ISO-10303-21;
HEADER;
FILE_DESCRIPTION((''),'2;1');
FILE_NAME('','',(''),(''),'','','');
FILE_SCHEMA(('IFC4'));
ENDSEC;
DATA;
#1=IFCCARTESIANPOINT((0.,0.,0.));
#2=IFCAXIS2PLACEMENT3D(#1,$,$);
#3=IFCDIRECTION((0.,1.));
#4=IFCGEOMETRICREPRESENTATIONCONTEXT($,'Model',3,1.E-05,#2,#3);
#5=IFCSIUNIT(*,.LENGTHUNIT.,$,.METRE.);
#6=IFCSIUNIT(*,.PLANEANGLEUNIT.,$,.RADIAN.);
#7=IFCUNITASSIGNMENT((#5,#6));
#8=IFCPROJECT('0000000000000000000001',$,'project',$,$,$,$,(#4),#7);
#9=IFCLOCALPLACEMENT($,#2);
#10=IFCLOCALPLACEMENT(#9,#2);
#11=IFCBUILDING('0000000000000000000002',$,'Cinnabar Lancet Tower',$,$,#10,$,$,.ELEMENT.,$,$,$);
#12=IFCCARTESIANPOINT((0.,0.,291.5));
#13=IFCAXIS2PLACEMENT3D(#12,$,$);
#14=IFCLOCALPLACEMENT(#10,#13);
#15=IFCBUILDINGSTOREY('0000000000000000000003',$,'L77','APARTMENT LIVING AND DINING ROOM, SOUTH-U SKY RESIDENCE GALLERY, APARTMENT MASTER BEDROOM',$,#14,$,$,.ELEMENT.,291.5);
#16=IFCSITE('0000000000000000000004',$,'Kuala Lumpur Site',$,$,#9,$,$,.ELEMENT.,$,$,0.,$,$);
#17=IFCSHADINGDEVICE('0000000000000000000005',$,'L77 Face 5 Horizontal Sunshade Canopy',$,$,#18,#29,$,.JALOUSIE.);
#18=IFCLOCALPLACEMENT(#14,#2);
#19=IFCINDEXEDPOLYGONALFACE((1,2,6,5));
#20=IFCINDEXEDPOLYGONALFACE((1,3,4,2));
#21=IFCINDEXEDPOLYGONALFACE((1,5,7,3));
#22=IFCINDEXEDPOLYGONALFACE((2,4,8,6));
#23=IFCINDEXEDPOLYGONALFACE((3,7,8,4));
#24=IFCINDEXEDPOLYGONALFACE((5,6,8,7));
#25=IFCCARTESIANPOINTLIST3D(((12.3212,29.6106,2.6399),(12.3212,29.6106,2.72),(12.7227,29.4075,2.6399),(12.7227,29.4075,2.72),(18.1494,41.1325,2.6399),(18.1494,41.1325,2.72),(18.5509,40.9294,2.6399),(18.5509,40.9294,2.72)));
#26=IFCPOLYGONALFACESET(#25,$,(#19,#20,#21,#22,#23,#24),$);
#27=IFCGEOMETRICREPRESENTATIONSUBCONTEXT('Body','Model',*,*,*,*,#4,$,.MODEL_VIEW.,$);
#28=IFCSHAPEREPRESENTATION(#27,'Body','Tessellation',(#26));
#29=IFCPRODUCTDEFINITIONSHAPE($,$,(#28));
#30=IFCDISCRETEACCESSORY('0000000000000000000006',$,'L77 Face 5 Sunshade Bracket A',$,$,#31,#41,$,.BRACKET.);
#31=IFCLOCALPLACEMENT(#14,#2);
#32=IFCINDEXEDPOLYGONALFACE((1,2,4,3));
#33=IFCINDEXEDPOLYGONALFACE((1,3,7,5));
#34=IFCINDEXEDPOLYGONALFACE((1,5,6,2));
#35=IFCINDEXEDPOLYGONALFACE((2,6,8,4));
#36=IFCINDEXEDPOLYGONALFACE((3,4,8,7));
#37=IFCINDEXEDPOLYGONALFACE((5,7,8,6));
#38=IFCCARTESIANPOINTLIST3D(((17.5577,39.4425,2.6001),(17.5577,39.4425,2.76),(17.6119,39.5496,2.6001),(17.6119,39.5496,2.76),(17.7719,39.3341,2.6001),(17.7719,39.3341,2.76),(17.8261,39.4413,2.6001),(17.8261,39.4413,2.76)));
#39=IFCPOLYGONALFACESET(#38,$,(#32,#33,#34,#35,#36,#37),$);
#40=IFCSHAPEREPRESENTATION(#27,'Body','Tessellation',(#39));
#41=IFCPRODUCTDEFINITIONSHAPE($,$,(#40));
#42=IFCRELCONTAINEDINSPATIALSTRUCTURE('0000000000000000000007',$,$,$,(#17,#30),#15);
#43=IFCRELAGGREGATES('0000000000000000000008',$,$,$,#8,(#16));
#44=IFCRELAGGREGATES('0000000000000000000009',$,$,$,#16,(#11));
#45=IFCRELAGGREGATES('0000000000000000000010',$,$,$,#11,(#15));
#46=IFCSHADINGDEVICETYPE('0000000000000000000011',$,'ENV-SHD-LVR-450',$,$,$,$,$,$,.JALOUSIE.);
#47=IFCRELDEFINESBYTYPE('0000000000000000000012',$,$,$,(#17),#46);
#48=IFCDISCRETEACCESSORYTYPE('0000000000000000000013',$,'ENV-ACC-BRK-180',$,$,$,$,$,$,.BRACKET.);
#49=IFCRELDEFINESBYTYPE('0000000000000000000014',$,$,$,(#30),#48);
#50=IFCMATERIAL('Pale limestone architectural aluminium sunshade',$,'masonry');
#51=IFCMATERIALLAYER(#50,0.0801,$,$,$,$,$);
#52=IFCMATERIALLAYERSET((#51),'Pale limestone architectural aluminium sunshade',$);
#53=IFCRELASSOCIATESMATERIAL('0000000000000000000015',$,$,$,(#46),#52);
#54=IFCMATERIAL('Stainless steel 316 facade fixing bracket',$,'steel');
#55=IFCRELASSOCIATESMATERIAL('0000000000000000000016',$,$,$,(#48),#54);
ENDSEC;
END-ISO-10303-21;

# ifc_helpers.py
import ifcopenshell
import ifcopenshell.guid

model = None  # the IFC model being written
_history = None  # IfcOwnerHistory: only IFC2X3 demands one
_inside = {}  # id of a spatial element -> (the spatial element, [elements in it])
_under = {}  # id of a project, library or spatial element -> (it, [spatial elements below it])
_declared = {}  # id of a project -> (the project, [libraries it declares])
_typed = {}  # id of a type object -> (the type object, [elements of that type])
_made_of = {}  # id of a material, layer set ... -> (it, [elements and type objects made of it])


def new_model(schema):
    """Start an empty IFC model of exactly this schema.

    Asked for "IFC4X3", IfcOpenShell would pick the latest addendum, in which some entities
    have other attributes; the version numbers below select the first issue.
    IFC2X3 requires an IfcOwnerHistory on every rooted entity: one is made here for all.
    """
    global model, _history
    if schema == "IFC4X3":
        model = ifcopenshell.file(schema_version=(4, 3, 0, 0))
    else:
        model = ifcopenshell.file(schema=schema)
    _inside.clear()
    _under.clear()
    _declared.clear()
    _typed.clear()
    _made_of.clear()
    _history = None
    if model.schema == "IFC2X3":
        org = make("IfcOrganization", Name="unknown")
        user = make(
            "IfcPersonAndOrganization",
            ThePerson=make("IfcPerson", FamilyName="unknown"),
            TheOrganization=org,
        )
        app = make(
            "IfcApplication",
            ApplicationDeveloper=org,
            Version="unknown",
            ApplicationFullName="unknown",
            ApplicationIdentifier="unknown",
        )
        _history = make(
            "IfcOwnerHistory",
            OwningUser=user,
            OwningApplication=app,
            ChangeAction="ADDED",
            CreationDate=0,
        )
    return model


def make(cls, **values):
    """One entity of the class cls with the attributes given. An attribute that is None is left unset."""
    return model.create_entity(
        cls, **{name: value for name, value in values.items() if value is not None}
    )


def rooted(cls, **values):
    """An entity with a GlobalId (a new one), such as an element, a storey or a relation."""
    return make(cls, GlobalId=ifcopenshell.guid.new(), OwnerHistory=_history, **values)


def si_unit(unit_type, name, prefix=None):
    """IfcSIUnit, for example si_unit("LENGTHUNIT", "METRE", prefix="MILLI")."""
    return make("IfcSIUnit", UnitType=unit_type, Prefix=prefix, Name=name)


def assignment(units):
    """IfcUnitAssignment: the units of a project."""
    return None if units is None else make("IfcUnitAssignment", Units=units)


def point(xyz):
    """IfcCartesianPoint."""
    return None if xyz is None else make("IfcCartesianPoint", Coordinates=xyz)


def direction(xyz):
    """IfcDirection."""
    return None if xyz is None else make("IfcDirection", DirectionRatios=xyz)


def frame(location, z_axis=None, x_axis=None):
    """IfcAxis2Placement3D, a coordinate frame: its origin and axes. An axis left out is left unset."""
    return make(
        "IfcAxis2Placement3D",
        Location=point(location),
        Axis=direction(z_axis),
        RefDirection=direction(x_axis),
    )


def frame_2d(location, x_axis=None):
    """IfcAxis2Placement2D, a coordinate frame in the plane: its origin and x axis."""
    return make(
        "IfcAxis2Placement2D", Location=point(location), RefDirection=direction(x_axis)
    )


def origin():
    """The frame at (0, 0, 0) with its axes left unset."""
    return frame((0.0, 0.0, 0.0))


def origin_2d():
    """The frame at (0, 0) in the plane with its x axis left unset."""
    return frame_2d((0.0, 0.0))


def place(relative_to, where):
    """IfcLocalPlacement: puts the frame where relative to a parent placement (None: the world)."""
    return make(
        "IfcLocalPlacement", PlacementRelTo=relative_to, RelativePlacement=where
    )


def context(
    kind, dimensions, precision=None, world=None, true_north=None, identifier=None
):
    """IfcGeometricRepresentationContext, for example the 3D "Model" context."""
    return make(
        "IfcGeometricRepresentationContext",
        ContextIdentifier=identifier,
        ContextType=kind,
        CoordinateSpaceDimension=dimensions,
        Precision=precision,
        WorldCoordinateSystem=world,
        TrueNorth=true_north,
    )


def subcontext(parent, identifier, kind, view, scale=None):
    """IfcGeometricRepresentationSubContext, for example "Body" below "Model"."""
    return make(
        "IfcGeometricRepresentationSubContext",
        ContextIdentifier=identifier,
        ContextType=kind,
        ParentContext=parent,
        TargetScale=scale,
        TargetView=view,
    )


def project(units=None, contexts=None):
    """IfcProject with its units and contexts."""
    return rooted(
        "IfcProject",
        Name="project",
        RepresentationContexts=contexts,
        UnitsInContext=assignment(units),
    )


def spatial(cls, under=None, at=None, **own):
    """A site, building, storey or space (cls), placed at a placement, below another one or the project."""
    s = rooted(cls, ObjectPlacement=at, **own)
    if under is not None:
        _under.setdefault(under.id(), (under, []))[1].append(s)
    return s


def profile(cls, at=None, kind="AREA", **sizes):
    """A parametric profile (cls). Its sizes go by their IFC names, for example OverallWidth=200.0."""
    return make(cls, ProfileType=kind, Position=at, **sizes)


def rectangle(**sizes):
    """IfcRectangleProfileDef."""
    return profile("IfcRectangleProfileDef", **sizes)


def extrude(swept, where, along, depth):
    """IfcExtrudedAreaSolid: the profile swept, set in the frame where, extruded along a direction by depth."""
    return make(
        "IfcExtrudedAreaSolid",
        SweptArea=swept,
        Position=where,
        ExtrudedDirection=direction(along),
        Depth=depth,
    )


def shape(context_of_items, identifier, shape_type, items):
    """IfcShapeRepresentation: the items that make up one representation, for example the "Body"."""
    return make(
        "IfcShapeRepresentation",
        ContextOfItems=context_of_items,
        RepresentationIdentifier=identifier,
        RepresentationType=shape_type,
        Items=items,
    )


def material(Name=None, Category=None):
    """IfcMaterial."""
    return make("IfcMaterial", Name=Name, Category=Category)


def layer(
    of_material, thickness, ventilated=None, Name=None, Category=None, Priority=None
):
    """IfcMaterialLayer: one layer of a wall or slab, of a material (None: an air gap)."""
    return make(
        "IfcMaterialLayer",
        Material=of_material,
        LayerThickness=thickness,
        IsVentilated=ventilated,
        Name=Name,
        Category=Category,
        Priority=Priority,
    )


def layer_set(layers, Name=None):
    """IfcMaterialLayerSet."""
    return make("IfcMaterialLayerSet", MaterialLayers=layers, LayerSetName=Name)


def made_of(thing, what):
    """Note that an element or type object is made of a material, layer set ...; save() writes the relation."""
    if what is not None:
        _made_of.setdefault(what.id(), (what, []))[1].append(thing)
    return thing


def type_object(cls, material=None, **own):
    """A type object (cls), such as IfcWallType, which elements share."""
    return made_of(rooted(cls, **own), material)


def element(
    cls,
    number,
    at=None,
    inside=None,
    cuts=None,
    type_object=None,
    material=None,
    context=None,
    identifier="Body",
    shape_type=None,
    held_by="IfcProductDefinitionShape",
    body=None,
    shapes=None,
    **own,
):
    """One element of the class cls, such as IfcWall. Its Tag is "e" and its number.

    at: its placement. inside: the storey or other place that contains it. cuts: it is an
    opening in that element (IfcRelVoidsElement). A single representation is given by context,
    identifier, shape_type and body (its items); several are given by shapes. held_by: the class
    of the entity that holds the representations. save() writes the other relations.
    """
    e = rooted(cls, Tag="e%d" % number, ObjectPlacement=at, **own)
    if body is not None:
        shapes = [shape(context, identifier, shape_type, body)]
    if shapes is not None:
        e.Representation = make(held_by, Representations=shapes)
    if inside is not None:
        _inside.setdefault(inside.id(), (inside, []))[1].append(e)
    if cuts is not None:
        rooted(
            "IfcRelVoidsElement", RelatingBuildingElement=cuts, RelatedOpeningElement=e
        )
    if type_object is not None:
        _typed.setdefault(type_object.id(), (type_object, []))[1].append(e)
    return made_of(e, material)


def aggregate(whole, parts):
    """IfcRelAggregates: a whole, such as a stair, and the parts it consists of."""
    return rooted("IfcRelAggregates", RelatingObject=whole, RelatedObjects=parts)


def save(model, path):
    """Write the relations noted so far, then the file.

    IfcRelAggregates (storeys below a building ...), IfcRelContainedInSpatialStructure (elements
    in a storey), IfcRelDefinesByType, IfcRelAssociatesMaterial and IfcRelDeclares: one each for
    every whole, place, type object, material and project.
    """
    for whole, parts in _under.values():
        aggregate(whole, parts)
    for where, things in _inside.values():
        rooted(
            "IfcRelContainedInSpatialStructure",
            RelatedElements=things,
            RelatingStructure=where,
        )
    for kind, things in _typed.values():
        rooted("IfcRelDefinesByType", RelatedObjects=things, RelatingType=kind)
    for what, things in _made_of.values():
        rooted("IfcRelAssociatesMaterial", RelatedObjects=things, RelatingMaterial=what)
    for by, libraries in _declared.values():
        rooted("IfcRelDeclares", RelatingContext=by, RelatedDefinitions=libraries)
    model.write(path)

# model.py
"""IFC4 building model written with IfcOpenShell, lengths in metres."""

from ifc_helpers import new_model, si_unit, direction, frame, origin, origin_2d, place, context, subcontext, project, spatial, rectangle, extrude, material, layer, layer_set, type_object, element, save


model = new_model("IFC4")

# Units and contexts
model_context = context("Model", 3, precision=1e-05, world=origin(), true_north=direction((0.0, 1.0)))
body_context = subcontext(model_context, "Body", "Model", "MODEL_VIEW")
ifc_project = project(units=[si_unit("LENGTHUNIT", "METRE"), si_unit("PLANEANGLEUNIT", "RADIAN")], contexts=[model_context])

# Site, building, storey
site_placement = place(None, origin())
site = spatial("IfcSite", under=ifc_project, at=site_placement, Name="Kuala Lumpur Site", CompositionType="ELEMENT", RefElevation=0.0)
building_placement = place(site_placement, origin())
building = spatial("IfcBuilding", under=site, at=building_placement, Name="Cinnabar Lancet Tower", CompositionType="ELEMENT")
storey_placement = place(building_placement, frame((0.0, 0.0, 291.5)))
storey = spatial("IfcBuildingStorey", under=building, at=storey_placement, Name="L77", Description="APARTMENT LIVING AND DINING ROOM, SOUTH-U SKY RESIDENCE GALLERY, APARTMENT MASTER BEDROOM", CompositionType="ELEMENT", Elevation=291.5)

# Shading device
ifc_material_1 = material(Name="Pale limestone architectural aluminium sunshade", Category="masonry")
ifc_layer_1 = layer(ifc_material_1, 0.0801)
ifc_layer_set_1 = layer_set([ifc_layer_1], Name="Pale limestone architectural aluminium sunshade")
shading_device_type = type_object("IfcShadingDeviceType", Name="ENV-SHD-LVR-450", PredefinedType="JALOUSIE", material=ifc_layer_set_1)
shading_device_placement = place(storey_placement, frame((15.436, 35.27, 2.6399), z_axis=(0.0, 0.0, 1.0), x_axis=(-0.451376, -0.892334, 0.0)))
element("IfcShadingDevice", 1, at=shading_device_placement, inside=storey, type_object=shading_device_type, Name="L77 Face 5 Horizontal Sunshade Canopy", PredefinedType="JALOUSIE", context=body_context, shape_type="SweptSolid", body=[
    extrude(rectangle(XDim=12.9121, YDim=0.45, at=origin_2d()), origin(), (0.0, 0.0, 1.0), 0.0801),
])

# Discrete accessory
ifc_material_2 = material(Name="Stainless steel 316 facade fixing bracket", Category="steel")
discrete_accessory_type = type_object("IfcDiscreteAccessoryType", Name="ENV-ACC-BRK-180", PredefinedType="BRACKET", material=ifc_material_2)
discrete_accessory_placement = place(storey_placement, frame((17.6919, 39.4419, 2.6001), z_axis=(0.0, 0.0, 1.0), x_axis=(-0.451376, -0.892334, 0.0)))
element("IfcDiscreteAccessory", 2, at=discrete_accessory_placement, inside=storey, type_object=discrete_accessory_type, Name="L77 Face 5 Sunshade Bracket A", PredefinedType="BRACKET", context=body_context, shape_type="SweptSolid", body=[
    extrude(rectangle(XDim=0.1201, YDim=0.24, at=origin_2d()), origin(), (0.0, 0.0, 1.0), 0.1599),
])

save(model, "model.ifc")
